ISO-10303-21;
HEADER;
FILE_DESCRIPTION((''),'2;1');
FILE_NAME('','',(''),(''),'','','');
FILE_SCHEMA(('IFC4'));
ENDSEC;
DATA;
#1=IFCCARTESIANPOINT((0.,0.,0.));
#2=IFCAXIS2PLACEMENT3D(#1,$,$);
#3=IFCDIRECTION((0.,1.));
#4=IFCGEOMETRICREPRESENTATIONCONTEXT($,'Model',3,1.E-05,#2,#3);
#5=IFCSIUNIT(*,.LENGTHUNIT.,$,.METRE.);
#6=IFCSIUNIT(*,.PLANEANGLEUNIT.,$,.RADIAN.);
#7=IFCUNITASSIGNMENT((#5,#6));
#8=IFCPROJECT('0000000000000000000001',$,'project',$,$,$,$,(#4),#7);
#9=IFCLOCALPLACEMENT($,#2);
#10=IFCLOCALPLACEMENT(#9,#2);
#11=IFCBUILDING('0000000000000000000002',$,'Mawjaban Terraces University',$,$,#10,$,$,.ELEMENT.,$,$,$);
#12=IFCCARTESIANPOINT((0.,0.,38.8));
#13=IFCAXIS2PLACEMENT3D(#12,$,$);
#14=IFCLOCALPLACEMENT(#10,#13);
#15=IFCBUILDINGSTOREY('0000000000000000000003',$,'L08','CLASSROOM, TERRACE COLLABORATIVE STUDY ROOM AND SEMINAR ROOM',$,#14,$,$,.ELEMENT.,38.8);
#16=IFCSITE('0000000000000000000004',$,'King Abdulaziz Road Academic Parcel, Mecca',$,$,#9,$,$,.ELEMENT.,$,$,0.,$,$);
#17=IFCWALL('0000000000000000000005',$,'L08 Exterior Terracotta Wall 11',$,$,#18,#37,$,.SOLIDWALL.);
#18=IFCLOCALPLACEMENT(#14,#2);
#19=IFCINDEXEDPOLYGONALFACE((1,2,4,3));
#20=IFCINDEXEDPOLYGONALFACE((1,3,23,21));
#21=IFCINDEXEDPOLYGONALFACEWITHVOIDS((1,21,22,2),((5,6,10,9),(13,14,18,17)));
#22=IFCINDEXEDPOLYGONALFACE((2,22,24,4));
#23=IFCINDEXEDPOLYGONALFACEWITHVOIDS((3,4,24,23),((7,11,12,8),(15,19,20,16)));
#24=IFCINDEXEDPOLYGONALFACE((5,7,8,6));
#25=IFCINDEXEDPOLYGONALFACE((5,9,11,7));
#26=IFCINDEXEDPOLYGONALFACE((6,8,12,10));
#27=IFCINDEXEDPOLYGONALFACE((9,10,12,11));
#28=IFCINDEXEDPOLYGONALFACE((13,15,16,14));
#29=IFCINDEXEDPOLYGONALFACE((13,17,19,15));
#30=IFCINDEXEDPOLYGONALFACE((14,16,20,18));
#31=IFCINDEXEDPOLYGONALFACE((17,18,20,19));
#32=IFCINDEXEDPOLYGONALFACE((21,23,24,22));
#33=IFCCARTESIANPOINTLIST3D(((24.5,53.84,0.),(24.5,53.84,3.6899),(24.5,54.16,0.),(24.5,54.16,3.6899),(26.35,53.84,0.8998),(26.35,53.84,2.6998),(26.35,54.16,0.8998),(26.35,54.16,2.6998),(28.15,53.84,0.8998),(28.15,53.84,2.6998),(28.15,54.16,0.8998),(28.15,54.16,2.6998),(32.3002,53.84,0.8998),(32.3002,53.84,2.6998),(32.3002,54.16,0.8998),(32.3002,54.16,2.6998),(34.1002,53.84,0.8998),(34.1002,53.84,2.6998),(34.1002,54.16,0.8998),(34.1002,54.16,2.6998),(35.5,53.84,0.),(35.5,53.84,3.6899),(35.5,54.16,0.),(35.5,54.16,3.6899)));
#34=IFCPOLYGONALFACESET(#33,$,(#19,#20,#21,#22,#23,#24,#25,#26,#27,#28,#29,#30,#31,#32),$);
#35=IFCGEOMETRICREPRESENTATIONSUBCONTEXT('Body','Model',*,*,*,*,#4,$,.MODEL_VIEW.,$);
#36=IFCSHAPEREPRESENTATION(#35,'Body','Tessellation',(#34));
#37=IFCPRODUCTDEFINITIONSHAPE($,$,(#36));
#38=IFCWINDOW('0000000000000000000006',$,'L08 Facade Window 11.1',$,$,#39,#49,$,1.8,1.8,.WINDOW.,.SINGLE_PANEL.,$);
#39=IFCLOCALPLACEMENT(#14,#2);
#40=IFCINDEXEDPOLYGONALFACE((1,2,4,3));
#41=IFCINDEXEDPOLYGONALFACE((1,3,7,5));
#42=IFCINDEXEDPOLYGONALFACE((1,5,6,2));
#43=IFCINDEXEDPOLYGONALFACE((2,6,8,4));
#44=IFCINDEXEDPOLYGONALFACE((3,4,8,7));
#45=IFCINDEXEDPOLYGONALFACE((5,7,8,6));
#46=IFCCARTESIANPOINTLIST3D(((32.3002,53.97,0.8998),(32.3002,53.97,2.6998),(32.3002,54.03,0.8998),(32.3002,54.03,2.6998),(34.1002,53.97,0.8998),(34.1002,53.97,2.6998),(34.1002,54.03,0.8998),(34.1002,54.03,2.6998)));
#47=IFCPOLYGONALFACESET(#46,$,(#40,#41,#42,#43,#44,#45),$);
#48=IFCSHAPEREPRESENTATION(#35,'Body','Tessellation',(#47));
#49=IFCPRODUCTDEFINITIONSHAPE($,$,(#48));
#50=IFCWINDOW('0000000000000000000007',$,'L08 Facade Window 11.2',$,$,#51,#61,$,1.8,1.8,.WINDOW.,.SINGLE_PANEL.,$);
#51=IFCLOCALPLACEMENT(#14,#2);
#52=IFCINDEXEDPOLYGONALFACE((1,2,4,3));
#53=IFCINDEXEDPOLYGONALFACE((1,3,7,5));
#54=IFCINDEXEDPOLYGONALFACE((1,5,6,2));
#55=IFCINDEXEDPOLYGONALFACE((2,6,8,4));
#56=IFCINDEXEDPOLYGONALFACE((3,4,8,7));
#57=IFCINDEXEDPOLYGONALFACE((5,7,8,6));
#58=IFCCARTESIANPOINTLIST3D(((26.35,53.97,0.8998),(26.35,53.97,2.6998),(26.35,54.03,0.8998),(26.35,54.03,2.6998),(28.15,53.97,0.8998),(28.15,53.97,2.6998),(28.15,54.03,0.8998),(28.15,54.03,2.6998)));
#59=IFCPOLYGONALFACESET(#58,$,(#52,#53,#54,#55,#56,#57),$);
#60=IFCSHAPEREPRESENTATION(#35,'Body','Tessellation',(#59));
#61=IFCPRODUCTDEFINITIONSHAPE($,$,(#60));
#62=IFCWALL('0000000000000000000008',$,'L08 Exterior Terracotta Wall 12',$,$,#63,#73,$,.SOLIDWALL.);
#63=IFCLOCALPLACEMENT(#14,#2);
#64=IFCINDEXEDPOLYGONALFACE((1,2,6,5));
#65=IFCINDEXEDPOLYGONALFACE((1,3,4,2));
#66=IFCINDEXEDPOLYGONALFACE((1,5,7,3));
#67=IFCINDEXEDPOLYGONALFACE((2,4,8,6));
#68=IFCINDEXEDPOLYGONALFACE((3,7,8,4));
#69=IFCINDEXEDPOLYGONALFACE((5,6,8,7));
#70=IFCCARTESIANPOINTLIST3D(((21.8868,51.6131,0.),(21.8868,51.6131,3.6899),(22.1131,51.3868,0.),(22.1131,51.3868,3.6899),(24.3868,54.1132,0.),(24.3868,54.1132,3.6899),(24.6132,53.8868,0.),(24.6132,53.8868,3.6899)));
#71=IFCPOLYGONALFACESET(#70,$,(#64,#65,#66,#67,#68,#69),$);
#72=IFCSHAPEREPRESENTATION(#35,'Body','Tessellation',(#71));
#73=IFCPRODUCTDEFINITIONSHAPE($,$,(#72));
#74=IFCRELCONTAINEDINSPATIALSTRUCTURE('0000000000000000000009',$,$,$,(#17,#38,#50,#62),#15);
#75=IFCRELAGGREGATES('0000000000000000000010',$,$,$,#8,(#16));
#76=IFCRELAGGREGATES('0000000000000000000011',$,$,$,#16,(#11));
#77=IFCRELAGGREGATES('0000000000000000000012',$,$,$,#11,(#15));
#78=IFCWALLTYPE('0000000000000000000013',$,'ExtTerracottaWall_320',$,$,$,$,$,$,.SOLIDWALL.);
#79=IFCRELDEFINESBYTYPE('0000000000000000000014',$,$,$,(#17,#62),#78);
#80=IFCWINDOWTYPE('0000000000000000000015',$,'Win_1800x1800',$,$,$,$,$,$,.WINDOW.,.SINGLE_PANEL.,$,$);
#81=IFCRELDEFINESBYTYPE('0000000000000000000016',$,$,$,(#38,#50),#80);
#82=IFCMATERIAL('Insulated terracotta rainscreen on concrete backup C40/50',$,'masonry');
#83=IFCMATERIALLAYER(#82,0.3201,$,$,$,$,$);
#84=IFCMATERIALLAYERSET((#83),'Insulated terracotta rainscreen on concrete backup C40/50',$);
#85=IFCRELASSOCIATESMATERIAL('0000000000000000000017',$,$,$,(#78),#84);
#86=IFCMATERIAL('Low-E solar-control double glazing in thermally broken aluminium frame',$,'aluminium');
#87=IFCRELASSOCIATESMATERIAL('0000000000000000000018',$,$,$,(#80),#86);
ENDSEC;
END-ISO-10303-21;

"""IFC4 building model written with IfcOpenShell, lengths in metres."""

from ifc_helpers import new_model, si_unit, direction, frame, frame_2d, origin, place, context, subcontext, project, spatial, rectangle, extrude, material, layer, layer_set, type_object, element, fill, save


model = new_model("IFC4")

# Units and contexts
model_context = context("Model", 3, precision=1e-05, world=origin(), true_north=direction((0.0, 1.0)))
body_context = subcontext(model_context, "Body", "Model", "MODEL_VIEW")
ifc_project = project(units=[si_unit("LENGTHUNIT", "METRE"), si_unit("PLANEANGLEUNIT", "RADIAN")], contexts=[model_context])

# Site, building, storey
site_placement = place(None, origin())
site = spatial("IfcSite", under=ifc_project, at=site_placement, Name="King Abdulaziz Road Academic Parcel, Mecca", CompositionType="ELEMENT", RefElevation=0.0)
building_placement = place(site_placement, origin())
building = spatial("IfcBuilding", under=site, at=building_placement, Name="Mawjaban Terraces University", CompositionType="ELEMENT")
storey_placement = place(building_placement, frame((0.0, 0.0, 38.8)))
storey = spatial("IfcBuildingStorey", under=building, at=storey_placement, Name="L08", Description="CLASSROOM, TERRACE COLLABORATIVE STUDY ROOM AND SEMINAR ROOM", CompositionType="ELEMENT", Elevation=38.8)

# Wall, openings, windows
ifc_material_1 = material(Name="Insulated terracotta rainscreen on concrete backup C40/50", Category="masonry")
ifc_layer_1 = layer(ifc_material_1, 0.3201)
ifc_layer_set_1 = layer_set([ifc_layer_1], Name="Insulated terracotta rainscreen on concrete backup C40/50")
wall_type_1 = type_object("IfcWallType", Name="ExtTerracottaWall_320", PredefinedType="SOLIDWALL", material=ifc_layer_set_1)
wall_1_placement = place(storey_placement, frame((35.5, 54.0, 0.0), z_axis=(0.0, 0.0, 1.0), x_axis=(-1.0, 0.0, 0.0)))
wall_1 = element("IfcWall", 1, at=wall_1_placement, inside=storey, type_object=wall_type_1, Name="L08 Exterior Terracotta Wall 11", PredefinedType="SOLIDWALL", context=body_context, shape_type="SweptSolid", body=[
    extrude(rectangle(XDim=11.0, YDim=0.3201, at=frame_2d((5.5, 0.0))), origin(), (0.0, 0.0, 1.0), 3.6899),
])
opening_1_placement = place(wall_1_placement, frame((1.3999, 0.0, 0.8999)))
opening_1 = element("IfcOpeningElement", 2, at=opening_1_placement, cuts=wall_1, PredefinedType="OPENING", context=body_context, shape_type="SweptSolid", body=[
    extrude(rectangle(XDim=1.8, YDim=1.8, at=frame_2d((0.8999, 0.8999))), frame((0.0, 0.1699, 0.0), z_axis=(0.0, -1.0, 0.0), x_axis=(1.0, 0.0, 0.0)), (0.0, 0.0, 1.0), 0.3401),
])
opening_2_placement = place(wall_1_placement, frame((7.3501, 0.0, 0.8999)))
opening_2 = element("IfcOpeningElement", 3, at=opening_2_placement, cuts=wall_1, PredefinedType="OPENING", context=body_context, shape_type="SweptSolid", body=[
    extrude(rectangle(XDim=1.8, YDim=1.8, at=frame_2d((0.8999, 0.8999))), frame((0.0, 0.1699, 0.0), z_axis=(0.0, -1.0, 0.0), x_axis=(1.0, 0.0, 0.0)), (0.0, 0.0, 1.0), 0.3401),
])
ifc_material_2 = material(Name="Low-E solar-control double glazing in thermally broken aluminium frame", Category="aluminium")
window_type_1 = type_object("IfcWindowType", Name="Win_1800x1800", PartitioningType="SINGLE_PANEL", PredefinedType="WINDOW", material=ifc_material_2)
window_1_placement = place(opening_1_placement, origin())
window_1 = element("IfcWindow", 4, at=window_1_placement, inside=storey, type_object=window_type_1, Name="L08 Facade Window 11.1", OverallHeight=1.8, OverallWidth=1.8, PartitioningType="SINGLE_PANEL", PredefinedType="WINDOW", context=body_context, shape_type="SweptSolid", body=[
    extrude(rectangle(XDim=1.8, YDim=1.8, at=frame_2d((0.8999, 0.8999))), frame((0.0, 0.03, 0.0), z_axis=(0.0, -1.0, 0.0), x_axis=(1.0, 0.0, 0.0)), (0.0, 0.0, 1.0), 0.0601),
])
fill(opening_1, window_1)
window_2_placement = place(opening_2_placement, origin())
window_2 = element("IfcWindow", 5, at=window_2_placement, inside=storey, type_object=window_type_1, Name="L08 Facade Window 11.2", OverallHeight=1.8, OverallWidth=1.8, PartitioningType="SINGLE_PANEL", PredefinedType="WINDOW", context=body_context, shape_type="SweptSolid", body=[
    extrude(rectangle(XDim=1.8, YDim=1.8, at=frame_2d((0.8999, 0.8999))), frame((0.0, 0.03, 0.0), z_axis=(0.0, -1.0, 0.0), x_axis=(1.0, 0.0, 0.0)), (0.0, 0.0, 1.0), 0.0601),
])
fill(opening_2, window_2)

# Wall
wall_2_placement = place(storey_placement, frame((24.5, 54.0, 0.0), z_axis=(0.0, 0.0, 1.0), x_axis=(-0.707107, -0.707107, 0.0)))
element("IfcWall", 6, at=wall_2_placement, inside=storey, type_object=wall_type_1, Name="L08 Exterior Terracotta Wall 12", PredefinedType="SOLIDWALL", context=body_context, shape_type="SweptSolid", body=[
    extrude(rectangle(XDim=3.5356, YDim=0.3201, at=frame_2d((1.7678, 0.0))), origin(), (0.0, 0.0, 1.0), 3.6899),
])

save(model, "model.ifc")
